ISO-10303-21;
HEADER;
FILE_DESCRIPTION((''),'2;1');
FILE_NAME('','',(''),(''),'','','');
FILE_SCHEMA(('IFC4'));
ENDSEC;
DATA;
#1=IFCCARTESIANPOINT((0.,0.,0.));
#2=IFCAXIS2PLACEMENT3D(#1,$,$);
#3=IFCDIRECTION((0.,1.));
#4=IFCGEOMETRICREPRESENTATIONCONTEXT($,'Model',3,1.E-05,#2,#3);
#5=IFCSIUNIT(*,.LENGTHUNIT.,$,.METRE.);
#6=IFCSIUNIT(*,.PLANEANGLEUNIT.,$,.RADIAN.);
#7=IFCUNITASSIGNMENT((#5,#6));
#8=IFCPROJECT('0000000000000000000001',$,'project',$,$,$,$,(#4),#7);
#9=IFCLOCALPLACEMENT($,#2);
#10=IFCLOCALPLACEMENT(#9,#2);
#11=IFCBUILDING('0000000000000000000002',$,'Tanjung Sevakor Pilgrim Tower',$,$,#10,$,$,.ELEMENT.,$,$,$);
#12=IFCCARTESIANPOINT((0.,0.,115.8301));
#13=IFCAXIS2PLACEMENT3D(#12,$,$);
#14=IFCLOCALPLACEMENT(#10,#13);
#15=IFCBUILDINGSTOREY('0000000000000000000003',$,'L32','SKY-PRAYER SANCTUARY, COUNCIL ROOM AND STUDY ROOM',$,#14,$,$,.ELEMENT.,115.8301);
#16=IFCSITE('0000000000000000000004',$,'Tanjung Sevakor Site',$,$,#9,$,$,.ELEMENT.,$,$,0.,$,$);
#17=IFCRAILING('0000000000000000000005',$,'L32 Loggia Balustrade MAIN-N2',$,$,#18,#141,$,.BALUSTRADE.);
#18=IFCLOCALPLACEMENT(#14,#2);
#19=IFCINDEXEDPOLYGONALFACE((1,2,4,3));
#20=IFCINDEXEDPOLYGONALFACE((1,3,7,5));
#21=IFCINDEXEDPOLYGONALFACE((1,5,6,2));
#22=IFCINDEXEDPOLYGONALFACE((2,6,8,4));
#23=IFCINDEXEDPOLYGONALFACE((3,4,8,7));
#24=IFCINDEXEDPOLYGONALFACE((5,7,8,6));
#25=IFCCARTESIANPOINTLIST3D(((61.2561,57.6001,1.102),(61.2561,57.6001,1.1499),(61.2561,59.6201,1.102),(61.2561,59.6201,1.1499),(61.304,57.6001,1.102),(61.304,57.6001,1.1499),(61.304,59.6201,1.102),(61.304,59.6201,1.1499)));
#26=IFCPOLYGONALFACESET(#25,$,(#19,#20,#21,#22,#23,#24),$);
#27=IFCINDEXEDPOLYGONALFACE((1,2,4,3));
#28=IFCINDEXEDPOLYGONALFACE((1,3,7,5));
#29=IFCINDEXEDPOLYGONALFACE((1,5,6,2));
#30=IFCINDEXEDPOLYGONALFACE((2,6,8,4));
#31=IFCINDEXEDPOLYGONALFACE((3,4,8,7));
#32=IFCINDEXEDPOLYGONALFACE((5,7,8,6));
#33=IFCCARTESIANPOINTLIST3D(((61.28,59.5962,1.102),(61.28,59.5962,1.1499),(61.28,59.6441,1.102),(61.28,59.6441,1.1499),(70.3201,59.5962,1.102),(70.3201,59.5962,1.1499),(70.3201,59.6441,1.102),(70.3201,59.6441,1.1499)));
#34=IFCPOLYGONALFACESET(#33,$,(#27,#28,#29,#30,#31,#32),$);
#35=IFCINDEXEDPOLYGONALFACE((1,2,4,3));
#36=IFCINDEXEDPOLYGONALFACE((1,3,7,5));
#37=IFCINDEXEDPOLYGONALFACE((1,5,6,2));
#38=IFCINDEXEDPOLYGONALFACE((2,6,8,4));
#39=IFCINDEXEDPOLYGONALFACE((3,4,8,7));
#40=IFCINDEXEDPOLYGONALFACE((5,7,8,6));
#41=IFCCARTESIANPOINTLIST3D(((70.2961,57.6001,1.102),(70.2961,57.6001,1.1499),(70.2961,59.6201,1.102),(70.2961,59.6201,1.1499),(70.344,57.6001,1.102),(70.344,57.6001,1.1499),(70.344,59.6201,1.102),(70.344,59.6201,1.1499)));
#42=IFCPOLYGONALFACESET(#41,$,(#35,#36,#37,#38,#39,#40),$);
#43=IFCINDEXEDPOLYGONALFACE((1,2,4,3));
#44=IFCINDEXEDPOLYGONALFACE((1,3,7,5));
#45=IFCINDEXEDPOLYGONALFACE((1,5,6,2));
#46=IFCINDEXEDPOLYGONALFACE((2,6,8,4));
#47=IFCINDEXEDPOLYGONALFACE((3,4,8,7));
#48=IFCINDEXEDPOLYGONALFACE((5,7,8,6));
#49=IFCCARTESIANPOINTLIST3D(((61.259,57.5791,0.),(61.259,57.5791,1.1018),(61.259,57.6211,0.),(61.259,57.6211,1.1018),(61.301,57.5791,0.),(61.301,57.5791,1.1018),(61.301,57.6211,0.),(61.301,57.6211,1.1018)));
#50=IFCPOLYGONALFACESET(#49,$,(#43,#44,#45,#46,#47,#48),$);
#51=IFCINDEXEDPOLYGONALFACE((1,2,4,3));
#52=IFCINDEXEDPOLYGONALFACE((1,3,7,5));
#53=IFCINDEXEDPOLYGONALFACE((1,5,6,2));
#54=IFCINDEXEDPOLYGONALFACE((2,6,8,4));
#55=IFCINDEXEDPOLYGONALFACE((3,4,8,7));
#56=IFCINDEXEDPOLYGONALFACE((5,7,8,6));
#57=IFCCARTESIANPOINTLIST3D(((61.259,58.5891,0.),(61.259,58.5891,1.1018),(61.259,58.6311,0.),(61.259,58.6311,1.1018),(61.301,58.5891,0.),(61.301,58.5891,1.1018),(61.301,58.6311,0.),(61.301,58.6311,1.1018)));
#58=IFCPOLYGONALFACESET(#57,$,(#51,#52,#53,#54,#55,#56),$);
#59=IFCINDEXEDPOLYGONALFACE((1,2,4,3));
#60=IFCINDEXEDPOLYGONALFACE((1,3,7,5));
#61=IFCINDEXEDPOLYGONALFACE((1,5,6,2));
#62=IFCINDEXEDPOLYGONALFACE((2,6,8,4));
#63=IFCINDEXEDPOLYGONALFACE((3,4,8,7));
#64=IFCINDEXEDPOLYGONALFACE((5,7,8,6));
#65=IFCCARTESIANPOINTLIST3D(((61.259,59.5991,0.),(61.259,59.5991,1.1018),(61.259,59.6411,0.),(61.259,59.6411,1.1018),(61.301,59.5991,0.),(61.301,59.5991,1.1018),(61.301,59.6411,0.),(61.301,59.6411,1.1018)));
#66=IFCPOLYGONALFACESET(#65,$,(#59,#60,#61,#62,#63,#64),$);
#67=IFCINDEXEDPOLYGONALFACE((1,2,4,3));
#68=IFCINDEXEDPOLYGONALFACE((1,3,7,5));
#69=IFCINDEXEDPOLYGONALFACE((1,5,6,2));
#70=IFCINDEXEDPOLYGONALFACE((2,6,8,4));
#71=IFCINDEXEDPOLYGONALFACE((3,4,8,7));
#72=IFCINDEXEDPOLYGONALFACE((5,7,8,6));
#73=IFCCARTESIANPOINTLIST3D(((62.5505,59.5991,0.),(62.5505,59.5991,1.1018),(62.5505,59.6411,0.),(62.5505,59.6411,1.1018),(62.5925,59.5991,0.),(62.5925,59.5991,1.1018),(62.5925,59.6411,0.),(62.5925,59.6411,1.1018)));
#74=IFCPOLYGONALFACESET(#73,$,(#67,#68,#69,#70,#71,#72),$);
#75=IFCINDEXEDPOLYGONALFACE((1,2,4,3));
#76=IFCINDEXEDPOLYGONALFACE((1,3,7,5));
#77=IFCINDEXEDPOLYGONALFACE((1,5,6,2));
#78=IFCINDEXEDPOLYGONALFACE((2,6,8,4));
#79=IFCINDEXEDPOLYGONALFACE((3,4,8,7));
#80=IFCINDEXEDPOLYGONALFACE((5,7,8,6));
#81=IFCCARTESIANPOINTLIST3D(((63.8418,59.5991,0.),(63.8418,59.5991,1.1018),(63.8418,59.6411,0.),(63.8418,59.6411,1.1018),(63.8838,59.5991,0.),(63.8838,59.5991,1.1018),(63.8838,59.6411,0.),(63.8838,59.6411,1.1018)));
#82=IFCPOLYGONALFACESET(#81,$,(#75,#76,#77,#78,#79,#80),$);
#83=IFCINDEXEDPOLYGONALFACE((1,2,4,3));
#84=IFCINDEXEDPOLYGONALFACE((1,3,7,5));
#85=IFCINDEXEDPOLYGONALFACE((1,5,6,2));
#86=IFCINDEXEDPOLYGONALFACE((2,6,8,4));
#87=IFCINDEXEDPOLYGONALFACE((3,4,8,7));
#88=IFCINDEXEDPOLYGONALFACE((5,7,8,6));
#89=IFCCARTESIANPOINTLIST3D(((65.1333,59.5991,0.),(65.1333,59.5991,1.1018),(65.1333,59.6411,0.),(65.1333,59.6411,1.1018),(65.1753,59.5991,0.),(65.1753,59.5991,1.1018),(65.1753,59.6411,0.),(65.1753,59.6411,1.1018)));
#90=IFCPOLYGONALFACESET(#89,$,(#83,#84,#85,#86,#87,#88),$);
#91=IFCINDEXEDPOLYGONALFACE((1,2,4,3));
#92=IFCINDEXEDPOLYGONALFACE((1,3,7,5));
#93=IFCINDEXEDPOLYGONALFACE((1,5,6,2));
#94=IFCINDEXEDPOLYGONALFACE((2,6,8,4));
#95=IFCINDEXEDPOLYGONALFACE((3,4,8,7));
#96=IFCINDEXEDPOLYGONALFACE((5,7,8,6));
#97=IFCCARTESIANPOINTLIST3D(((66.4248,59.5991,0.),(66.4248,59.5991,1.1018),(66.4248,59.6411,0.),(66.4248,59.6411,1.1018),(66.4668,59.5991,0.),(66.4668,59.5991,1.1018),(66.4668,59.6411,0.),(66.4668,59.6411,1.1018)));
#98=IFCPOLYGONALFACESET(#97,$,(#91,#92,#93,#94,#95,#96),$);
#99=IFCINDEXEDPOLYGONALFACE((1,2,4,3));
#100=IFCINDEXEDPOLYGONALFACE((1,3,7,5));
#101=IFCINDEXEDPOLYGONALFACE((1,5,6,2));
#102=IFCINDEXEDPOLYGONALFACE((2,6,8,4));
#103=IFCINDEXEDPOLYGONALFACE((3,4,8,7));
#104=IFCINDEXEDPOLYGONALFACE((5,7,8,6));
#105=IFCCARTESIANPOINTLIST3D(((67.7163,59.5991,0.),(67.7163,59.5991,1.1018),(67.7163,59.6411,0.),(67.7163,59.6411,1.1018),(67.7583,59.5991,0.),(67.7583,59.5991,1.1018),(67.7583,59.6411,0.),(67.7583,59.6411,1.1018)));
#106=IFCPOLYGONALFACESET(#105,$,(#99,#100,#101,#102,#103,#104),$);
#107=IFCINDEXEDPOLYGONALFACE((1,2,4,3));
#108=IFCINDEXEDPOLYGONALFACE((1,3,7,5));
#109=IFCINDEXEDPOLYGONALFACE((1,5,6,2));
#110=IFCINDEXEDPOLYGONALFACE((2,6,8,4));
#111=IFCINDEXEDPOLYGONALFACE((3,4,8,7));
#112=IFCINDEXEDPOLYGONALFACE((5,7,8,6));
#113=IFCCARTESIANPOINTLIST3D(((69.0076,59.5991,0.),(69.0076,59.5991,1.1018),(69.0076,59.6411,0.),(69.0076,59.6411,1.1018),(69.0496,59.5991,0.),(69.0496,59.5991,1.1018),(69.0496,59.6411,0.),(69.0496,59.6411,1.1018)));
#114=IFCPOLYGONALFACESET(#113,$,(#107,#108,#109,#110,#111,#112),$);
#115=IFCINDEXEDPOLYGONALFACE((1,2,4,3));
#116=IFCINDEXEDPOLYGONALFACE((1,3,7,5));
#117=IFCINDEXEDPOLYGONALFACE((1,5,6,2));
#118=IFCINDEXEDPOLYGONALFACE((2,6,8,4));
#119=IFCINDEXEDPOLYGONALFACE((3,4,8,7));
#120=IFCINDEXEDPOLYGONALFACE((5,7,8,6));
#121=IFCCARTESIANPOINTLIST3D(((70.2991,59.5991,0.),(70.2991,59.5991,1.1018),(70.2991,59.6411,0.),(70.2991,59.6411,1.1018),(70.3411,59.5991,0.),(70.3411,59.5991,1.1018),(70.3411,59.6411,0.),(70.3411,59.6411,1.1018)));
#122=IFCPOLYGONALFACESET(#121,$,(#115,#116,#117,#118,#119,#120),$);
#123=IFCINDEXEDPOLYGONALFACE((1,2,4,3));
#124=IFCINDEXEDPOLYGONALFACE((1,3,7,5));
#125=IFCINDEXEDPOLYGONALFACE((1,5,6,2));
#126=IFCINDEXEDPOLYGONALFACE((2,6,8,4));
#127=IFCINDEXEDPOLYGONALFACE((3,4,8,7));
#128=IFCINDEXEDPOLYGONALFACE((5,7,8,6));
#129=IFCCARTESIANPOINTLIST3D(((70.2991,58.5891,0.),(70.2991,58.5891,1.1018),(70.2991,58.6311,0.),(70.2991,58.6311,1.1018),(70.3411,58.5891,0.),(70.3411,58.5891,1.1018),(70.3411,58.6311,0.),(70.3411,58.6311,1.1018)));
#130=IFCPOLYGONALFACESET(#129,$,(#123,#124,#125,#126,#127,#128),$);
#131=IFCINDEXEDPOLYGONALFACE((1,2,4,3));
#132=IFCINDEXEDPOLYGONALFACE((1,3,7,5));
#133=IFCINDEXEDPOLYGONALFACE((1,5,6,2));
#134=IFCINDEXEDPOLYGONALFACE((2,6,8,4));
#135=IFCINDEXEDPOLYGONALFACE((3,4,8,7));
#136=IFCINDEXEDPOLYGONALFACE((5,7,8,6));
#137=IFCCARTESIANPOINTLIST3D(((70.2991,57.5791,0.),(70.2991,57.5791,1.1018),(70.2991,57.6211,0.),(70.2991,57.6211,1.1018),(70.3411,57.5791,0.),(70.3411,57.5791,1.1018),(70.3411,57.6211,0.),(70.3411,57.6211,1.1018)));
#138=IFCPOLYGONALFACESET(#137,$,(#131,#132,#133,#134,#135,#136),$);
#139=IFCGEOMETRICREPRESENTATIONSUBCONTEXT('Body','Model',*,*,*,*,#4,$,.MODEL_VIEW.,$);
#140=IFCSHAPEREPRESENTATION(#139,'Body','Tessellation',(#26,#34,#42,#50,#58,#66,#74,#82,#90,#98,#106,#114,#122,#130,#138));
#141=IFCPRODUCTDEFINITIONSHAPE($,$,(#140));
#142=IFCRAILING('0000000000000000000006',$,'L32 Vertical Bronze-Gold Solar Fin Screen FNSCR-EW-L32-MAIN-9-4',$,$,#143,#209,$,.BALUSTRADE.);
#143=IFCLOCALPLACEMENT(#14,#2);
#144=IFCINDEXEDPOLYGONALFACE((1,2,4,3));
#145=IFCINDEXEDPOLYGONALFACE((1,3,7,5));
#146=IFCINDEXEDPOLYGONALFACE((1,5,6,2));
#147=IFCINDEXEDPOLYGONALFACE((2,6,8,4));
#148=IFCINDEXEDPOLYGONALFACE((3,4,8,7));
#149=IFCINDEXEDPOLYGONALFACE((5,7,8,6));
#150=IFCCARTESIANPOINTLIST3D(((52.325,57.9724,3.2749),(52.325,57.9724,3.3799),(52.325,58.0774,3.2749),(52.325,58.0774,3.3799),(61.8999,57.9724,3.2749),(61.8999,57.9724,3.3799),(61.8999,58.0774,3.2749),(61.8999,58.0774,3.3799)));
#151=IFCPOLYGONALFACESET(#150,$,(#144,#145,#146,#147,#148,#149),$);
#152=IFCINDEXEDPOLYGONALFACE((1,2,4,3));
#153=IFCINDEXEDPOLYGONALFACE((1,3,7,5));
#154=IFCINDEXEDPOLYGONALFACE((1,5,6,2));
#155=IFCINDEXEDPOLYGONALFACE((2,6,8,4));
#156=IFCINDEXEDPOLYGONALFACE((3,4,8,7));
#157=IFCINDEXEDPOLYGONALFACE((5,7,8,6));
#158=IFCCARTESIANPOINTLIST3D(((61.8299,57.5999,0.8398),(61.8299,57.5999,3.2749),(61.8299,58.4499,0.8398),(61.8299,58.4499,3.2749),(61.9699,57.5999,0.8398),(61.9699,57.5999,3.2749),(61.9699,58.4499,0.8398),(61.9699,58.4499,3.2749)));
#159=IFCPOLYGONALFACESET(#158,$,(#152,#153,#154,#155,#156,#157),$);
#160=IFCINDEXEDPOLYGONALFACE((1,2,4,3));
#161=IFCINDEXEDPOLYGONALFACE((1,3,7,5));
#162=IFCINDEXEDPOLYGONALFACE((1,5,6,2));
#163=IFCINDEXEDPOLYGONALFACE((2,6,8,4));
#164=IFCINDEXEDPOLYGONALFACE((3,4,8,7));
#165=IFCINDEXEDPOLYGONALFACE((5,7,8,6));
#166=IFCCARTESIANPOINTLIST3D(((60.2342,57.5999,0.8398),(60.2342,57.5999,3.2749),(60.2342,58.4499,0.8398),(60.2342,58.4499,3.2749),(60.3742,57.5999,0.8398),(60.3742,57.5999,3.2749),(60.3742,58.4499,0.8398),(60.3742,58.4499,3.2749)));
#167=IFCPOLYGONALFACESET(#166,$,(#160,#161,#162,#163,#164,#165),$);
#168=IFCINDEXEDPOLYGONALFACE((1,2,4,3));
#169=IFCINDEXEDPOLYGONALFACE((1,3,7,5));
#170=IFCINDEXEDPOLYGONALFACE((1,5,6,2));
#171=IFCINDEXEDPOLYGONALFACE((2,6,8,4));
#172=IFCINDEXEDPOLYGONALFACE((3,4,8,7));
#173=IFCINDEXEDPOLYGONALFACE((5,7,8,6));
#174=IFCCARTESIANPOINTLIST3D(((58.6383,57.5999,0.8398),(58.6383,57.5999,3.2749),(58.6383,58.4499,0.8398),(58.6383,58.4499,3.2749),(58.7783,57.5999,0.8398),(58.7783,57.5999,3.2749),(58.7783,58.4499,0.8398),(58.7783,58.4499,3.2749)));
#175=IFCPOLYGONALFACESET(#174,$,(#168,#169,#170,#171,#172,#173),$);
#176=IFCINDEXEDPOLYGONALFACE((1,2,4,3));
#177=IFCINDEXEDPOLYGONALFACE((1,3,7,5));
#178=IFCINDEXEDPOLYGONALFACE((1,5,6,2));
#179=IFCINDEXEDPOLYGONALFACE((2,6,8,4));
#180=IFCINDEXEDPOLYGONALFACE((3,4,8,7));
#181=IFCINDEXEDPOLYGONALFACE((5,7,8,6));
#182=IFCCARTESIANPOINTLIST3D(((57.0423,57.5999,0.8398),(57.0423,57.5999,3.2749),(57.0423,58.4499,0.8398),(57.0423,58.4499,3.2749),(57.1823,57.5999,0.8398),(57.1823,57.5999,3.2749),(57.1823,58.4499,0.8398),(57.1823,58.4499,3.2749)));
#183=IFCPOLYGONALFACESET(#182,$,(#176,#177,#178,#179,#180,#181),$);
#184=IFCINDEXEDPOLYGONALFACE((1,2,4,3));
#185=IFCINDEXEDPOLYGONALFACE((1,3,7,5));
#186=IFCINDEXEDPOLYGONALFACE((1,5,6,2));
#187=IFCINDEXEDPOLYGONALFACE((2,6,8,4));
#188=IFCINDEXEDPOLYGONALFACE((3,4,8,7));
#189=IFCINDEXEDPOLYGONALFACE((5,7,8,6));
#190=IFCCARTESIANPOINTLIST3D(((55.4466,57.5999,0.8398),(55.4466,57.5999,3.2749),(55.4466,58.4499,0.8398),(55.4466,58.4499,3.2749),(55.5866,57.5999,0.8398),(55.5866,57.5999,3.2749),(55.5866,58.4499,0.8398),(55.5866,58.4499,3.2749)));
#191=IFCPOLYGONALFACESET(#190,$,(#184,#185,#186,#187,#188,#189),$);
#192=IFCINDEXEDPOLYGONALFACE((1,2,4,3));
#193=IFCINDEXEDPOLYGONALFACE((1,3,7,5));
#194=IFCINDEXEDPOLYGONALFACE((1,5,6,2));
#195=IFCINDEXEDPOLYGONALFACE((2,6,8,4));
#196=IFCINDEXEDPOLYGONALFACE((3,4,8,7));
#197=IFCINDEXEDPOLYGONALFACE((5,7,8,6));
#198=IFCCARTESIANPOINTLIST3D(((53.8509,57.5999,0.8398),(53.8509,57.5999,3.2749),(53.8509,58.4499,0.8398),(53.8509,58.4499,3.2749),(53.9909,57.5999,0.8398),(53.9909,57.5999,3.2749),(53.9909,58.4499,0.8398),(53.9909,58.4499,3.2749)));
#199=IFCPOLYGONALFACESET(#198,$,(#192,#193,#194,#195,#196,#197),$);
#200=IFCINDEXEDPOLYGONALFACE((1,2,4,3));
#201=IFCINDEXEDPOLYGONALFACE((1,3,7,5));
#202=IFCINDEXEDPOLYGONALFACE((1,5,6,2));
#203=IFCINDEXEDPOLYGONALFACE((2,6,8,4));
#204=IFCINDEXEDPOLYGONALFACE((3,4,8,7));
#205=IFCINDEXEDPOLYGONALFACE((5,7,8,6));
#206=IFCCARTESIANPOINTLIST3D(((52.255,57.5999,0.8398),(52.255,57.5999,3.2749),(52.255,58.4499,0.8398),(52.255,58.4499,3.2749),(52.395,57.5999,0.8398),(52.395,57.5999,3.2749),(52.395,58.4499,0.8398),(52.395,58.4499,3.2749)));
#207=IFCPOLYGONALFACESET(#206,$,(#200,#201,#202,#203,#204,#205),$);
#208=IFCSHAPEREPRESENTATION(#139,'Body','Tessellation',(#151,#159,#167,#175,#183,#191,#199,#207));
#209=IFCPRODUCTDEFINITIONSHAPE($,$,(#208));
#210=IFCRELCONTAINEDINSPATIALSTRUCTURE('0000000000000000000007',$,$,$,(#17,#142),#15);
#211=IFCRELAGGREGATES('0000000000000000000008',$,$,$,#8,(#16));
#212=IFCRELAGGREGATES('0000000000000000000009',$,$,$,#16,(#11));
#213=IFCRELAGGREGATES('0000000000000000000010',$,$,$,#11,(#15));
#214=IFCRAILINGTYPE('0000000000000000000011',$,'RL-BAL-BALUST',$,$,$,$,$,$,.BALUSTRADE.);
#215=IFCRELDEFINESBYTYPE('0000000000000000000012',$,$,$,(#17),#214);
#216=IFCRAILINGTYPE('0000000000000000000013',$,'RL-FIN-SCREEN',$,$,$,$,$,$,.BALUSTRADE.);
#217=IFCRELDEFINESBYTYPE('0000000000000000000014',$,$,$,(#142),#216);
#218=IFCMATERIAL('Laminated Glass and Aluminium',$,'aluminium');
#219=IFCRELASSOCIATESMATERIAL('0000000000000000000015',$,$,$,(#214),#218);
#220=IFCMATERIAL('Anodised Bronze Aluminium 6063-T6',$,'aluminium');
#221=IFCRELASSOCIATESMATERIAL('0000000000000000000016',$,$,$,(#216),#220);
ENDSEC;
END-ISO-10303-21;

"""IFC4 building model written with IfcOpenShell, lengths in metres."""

from ifc_helpers import new_model, si_unit, direction, frame, origin, place, context, subcontext, project, spatial, rectangle, extrude, material, type_object, element, save


model = new_model("IFC4")

# Units and contexts
model_context = context("Model", 3, precision=1e-05, world=origin(), true_north=direction((0.0, 1.0)))
body_context = subcontext(model_context, "Body", "Model", "MODEL_VIEW")
ifc_project = project(units=[si_unit("LENGTHUNIT", "METRE"), si_unit("PLANEANGLEUNIT", "RADIAN")], contexts=[model_context])

# Site, building, storey
site_placement = place(None, origin())
site = spatial("IfcSite", under=ifc_project, at=site_placement, Name="Tanjung Sevakor Site", CompositionType="ELEMENT", RefElevation=0.0)
building_placement = place(site_placement, origin())
building = spatial("IfcBuilding", under=site, at=building_placement, Name="Tanjung Sevakor Pilgrim Tower", CompositionType="ELEMENT")
storey_placement = place(building_placement, frame((0.0, 0.0, 115.8301)))
storey = spatial("IfcBuildingStorey", under=building, at=storey_placement, Name="L32", Description="SKY-PRAYER SANCTUARY, COUNCIL ROOM AND STUDY ROOM", CompositionType="ELEMENT", Elevation=115.8301)

# Railings
ifc_material_1 = material(Name="Laminated Glass and Aluminium", Category="aluminium")
railing_type_1 = type_object("IfcRailingType", Name="RL-BAL-BALUST", PredefinedType="BALUSTRADE", material=ifc_material_1)
railing_1_placement = place(storey_placement, frame((61.28, 57.6001, 0.0)))
element("IfcRailing", 1, at=railing_1_placement, inside=storey, type_object=railing_type_1, Name="L32 Loggia Balustrade MAIN-N2", PredefinedType="BALUSTRADE", context=body_context, shape_type="SweptSolid", body=[
    extrude(rectangle(XDim=0.0479, YDim=0.0479), frame((0.0, 0.0, 1.126), z_axis=(0.0, 1.0, 0.0), x_axis=(-1.0, 0.0, 0.0)), (0.0, 0.0, 1.0), 2.02),
    extrude(rectangle(XDim=0.0479, YDim=0.0479), frame((0.0, 2.02, 1.126), z_axis=(1.0, 0.0, 0.0), x_axis=(0.0, 1.0, 0.0)), (0.0, 0.0, 1.0), 9.04),
    extrude(rectangle(XDim=0.0479, YDim=0.0479), frame((9.04, 2.02, 1.126), z_axis=(0.0, -1.0, 0.0), x_axis=(1.0, 0.0, 0.0)), (0.0, 0.0, 1.0), 2.02),
    extrude(rectangle(XDim=0.042, YDim=0.042), origin(), (0.0, 0.0, 1.0), 1.1018),
    extrude(rectangle(XDim=0.042, YDim=0.042), frame((0.0, 1.01, 0.0)), (0.0, 0.0, 1.0), 1.1018),
    extrude(rectangle(XDim=0.042, YDim=0.042), frame((0.0, 2.02, 0.0)), (0.0, 0.0, 1.0), 1.1018),
    extrude(rectangle(XDim=0.042, YDim=0.042), frame((1.2915, 2.02, 0.0)), (0.0, 0.0, 1.0), 1.1018),
    extrude(rectangle(XDim=0.042, YDim=0.042), frame((2.5828, 2.02, 0.0)), (0.0, 0.0, 1.0), 1.1018),
    extrude(rectangle(XDim=0.042, YDim=0.042), frame((3.8743, 2.02, 0.0)), (0.0, 0.0, 1.0), 1.1018),
    extrude(rectangle(XDim=0.042, YDim=0.042), frame((5.1658, 2.02, 0.0)), (0.0, 0.0, 1.0), 1.1018),
    extrude(rectangle(XDim=0.042, YDim=0.042), frame((6.4573, 2.02, 0.0)), (0.0, 0.0, 1.0), 1.1018),
    extrude(rectangle(XDim=0.042, YDim=0.042), frame((7.7485, 2.02, 0.0)), (0.0, 0.0, 1.0), 1.1018),
    extrude(rectangle(XDim=0.042, YDim=0.042), frame((9.04, 2.02, 0.0)), (0.0, 0.0, 1.0), 1.1018),
    extrude(rectangle(XDim=0.042, YDim=0.042), frame((9.04, 1.01, 0.0)), (0.0, 0.0, 1.0), 1.1018),
    extrude(rectangle(XDim=0.042, YDim=0.042), frame((9.04, 0.0, 0.0)), (0.0, 0.0, 1.0), 1.1018),
])
ifc_material_2 = material(Name="Anodised Bronze Aluminium 6063-T6", Category="aluminium")
railing_type_2 = type_object("IfcRailingType", Name="RL-FIN-SCREEN", PredefinedType="BALUSTRADE", material=ifc_material_2)
railing_2_placement = place(storey_placement, frame((61.8999, 58.0249, 0.8398)))
element("IfcRailing", 2, at=railing_2_placement, inside=storey, type_object=railing_type_2, Name="L32 Vertical Bronze-Gold Solar Fin Screen FNSCR-EW-L32-MAIN-9-4", PredefinedType="BALUSTRADE", context=body_context, shape_type="SweptSolid", body=[
    extrude(rectangle(XDim=0.105, YDim=0.105), frame((0.0, 0.0, 2.4875), z_axis=(-1.0, 0.0, 0.0), x_axis=(0.0, -1.0, 0.0)), (0.0, 0.0, 1.0), 9.575),
    extrude(rectangle(XDim=0.14, YDim=0.85), origin(), (0.0, 0.0, 1.0), 2.4351),
    extrude(rectangle(XDim=0.14, YDim=0.85), frame((-1.5957, 0.0, 0.0)), (0.0, 0.0, 1.0), 2.4351),
    extrude(rectangle(XDim=0.14, YDim=0.85), frame((-3.1917, 0.0, 0.0)), (0.0, 0.0, 1.0), 2.4351),
    extrude(rectangle(XDim=0.14, YDim=0.85), frame((-4.7876, 0.0, 0.0)), (0.0, 0.0, 1.0), 2.4351),
    extrude(rectangle(XDim=0.14, YDim=0.85), frame((-6.3833, 0.0, 0.0)), (0.0, 0.0, 1.0), 2.4351),
    extrude(rectangle(XDim=0.14, YDim=0.85), frame((-7.979, 0.0, 0.0)), (0.0, 0.0, 1.0), 2.4351),
    extrude(rectangle(XDim=0.14, YDim=0.85), frame((-9.575, 0.0, 0.0)), (0.0, 0.0, 1.0), 2.4351),
])

save(model, "model.ifc")
